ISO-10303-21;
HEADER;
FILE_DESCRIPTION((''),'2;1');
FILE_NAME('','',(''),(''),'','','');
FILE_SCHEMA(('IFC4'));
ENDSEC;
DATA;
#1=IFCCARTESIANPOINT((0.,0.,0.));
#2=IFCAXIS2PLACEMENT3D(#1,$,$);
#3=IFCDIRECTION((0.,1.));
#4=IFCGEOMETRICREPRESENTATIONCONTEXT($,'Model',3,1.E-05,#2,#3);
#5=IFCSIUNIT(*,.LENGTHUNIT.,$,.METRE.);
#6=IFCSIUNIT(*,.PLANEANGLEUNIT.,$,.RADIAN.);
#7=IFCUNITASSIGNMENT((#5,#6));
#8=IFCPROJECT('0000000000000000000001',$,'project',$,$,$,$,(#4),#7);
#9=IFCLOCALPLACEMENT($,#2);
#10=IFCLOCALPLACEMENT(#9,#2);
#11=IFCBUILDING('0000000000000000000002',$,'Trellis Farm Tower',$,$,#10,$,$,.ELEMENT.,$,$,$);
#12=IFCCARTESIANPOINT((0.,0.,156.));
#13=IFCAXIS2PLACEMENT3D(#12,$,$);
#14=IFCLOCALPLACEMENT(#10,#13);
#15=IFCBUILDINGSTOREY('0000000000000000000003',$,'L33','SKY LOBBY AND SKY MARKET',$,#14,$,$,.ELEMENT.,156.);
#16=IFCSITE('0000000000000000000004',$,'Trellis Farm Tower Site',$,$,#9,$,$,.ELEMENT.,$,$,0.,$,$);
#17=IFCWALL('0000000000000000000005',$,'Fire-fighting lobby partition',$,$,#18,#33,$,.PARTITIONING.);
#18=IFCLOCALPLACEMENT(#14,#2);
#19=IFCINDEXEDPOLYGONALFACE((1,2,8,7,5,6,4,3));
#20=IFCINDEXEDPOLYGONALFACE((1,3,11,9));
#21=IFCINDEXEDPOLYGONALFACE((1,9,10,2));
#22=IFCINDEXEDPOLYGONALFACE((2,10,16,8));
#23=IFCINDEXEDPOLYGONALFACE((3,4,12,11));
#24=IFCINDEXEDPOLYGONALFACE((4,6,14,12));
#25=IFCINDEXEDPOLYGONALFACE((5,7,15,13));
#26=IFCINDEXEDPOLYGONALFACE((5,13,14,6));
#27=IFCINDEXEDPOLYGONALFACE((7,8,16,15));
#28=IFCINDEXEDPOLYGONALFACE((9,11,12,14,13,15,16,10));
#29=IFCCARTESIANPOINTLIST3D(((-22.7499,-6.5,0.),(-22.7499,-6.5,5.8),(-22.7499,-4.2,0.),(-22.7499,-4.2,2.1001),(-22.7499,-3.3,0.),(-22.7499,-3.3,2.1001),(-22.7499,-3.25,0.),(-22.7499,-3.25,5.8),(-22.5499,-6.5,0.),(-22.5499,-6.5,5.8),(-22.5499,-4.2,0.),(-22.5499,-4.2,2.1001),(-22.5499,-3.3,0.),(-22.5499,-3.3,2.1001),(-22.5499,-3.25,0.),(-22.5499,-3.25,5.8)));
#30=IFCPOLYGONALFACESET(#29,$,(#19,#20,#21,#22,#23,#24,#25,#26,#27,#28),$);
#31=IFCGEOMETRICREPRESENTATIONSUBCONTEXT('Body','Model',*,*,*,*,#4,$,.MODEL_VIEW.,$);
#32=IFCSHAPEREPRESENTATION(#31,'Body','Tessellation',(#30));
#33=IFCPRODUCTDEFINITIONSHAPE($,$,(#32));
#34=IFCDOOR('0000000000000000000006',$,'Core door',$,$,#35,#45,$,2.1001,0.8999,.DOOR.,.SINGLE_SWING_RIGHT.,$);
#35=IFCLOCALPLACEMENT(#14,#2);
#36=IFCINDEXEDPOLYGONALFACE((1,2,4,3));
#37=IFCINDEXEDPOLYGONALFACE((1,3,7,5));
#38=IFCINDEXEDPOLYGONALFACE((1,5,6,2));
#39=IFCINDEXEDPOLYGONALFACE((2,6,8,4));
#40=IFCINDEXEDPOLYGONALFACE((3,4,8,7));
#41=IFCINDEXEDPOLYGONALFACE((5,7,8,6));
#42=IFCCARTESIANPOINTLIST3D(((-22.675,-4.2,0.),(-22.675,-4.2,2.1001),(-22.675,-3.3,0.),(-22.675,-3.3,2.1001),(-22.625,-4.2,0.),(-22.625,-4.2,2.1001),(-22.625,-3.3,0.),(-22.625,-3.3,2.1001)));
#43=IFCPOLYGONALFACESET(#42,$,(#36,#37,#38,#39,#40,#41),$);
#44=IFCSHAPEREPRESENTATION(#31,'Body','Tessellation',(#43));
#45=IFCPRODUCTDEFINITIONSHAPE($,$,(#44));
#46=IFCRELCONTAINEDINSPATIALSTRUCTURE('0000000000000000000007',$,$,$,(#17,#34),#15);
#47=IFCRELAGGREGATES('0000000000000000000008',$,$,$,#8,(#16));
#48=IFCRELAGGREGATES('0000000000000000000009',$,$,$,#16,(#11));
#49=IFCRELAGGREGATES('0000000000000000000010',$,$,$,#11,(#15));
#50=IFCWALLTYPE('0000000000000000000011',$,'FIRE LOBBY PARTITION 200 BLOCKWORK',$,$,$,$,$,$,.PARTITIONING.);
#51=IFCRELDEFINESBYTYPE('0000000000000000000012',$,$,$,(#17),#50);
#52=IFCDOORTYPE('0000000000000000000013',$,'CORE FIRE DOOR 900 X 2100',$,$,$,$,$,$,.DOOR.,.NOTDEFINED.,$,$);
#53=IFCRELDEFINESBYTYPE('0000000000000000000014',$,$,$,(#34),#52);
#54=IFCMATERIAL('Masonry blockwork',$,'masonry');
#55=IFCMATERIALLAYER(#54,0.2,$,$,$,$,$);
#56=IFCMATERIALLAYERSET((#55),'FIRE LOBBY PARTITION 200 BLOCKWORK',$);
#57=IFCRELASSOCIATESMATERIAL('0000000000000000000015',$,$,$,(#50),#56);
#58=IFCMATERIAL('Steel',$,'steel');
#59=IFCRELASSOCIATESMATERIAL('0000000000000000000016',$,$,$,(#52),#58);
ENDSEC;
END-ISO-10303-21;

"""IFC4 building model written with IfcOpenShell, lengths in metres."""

from ifc_helpers import new_model, si_unit, direction, frame, frame_2d, origin, place, context, subcontext, project, spatial, rectangle, extrude, source, transform, mapped, material, layer, layer_set, type_object, element, fill, save


model = new_model("IFC4")

# Units and contexts
model_context = context("Model", 3, precision=1e-05, world=origin(), true_north=direction((0.0, 1.0)))
body_context = subcontext(model_context, "Body", "Model", "MODEL_VIEW")
ifc_project = project(units=[si_unit("LENGTHUNIT", "METRE"), si_unit("PLANEANGLEUNIT", "RADIAN")], contexts=[model_context])

# Site, building, storey
site_placement = place(None, origin())
site = spatial("IfcSite", under=ifc_project, at=site_placement, Name="Trellis Farm Tower Site", CompositionType="ELEMENT", RefElevation=0.0)
building_placement = place(site_placement, origin())
building = spatial("IfcBuilding", under=site, at=building_placement, Name="Trellis Farm Tower", CompositionType="ELEMENT")
storey_placement = place(building_placement, frame((0.0, 0.0, 156.0)))
storey = spatial("IfcBuildingStorey", under=building, at=storey_placement, Name="L33", Description="SKY LOBBY AND SKY MARKET", CompositionType="ELEMENT", Elevation=156.0)

# Wall, opening, door
ifc_material_1 = material(Name="Masonry blockwork", Category="masonry")
ifc_layer_1 = layer(ifc_material_1, 0.2)
ifc_layer_set_1 = layer_set([ifc_layer_1], Name="FIRE LOBBY PARTITION 200 BLOCKWORK")
wall_type_1 = type_object("IfcWallType", Name="FIRE LOBBY PARTITION 200 BLOCKWORK", PredefinedType="PARTITIONING", material=ifc_layer_set_1)
shared_shape_1 = source(origin(), body_context, "Body", "SweptSolid", [
    extrude(rectangle(XDim=3.25, YDim=0.2, at=frame_2d((1.625, 0.0))), origin(), (0.0, 0.0, 1.0), 5.8),
])
ifc_material_2 = material(Name="Steel", Category="steel")
wall_1_placement = place(storey_placement, frame((-22.6499, -3.25, 0.0), z_axis=(0.0, 0.0, 1.0), x_axis=(0.0, -1.0, 0.0)))
wall_1 = element("IfcWall", 1, at=wall_1_placement, inside=storey, type_object=wall_type_1, Name="Fire-fighting lobby partition", PredefinedType="PARTITIONING", context=body_context, shape_type="MappedRepresentation", body=[
    mapped(shared_shape_1, transform((0.0, 0.0, 0.0))),
])
shared_shape_2 = source(origin(), body_context, "Body", "SweptSolid", [
    extrude(rectangle(XDim=0.8999, YDim=2.1001, at=frame_2d((0.45, 1.05))), frame((0.0, 0.1101, 0.0), z_axis=(0.0, -1.0, 0.0), x_axis=(1.0, 0.0, 0.0)), (0.0, 0.0, 1.0), 0.2202),
])
opening_1_placement = place(wall_1_placement, frame((0.05, 0.0, 0.0)))
opening_1 = element("IfcOpeningElement", 2, at=opening_1_placement, cuts=wall_1, PredefinedType="OPENING", context=body_context, shape_type="MappedRepresentation", body=[
    mapped(shared_shape_2, transform((0.0, 0.0, 0.0))),
])
door_type_1 = type_object("IfcDoorType", Name="CORE FIRE DOOR 900 X 2100", OperationType="NOTDEFINED", PredefinedType="DOOR", material=ifc_material_2)
shared_shape_3 = source(origin(), body_context, "Body", "SweptSolid", [
    extrude(rectangle(XDim=0.8999, YDim=2.1001, at=frame_2d((0.45, 1.05))), frame((0.0, 0.0249, 0.0), z_axis=(0.0, -1.0, 0.0), x_axis=(1.0, 0.0, 0.0)), (0.0, 0.0, 1.0), 0.05),
])
door_1_placement = place(opening_1_placement, origin())
door_1 = element("IfcDoor", 3, at=door_1_placement, inside=storey, type_object=door_type_1, Name="Core door", OperationType="SINGLE_SWING_RIGHT", OverallHeight=2.1001, OverallWidth=0.8999, PredefinedType="DOOR", context=body_context, shape_type="MappedRepresentation", body=[
    mapped(shared_shape_3, transform((0.0, 0.0, 0.0))),
])
fill(opening_1, door_1)

save(model, "model.ifc")
